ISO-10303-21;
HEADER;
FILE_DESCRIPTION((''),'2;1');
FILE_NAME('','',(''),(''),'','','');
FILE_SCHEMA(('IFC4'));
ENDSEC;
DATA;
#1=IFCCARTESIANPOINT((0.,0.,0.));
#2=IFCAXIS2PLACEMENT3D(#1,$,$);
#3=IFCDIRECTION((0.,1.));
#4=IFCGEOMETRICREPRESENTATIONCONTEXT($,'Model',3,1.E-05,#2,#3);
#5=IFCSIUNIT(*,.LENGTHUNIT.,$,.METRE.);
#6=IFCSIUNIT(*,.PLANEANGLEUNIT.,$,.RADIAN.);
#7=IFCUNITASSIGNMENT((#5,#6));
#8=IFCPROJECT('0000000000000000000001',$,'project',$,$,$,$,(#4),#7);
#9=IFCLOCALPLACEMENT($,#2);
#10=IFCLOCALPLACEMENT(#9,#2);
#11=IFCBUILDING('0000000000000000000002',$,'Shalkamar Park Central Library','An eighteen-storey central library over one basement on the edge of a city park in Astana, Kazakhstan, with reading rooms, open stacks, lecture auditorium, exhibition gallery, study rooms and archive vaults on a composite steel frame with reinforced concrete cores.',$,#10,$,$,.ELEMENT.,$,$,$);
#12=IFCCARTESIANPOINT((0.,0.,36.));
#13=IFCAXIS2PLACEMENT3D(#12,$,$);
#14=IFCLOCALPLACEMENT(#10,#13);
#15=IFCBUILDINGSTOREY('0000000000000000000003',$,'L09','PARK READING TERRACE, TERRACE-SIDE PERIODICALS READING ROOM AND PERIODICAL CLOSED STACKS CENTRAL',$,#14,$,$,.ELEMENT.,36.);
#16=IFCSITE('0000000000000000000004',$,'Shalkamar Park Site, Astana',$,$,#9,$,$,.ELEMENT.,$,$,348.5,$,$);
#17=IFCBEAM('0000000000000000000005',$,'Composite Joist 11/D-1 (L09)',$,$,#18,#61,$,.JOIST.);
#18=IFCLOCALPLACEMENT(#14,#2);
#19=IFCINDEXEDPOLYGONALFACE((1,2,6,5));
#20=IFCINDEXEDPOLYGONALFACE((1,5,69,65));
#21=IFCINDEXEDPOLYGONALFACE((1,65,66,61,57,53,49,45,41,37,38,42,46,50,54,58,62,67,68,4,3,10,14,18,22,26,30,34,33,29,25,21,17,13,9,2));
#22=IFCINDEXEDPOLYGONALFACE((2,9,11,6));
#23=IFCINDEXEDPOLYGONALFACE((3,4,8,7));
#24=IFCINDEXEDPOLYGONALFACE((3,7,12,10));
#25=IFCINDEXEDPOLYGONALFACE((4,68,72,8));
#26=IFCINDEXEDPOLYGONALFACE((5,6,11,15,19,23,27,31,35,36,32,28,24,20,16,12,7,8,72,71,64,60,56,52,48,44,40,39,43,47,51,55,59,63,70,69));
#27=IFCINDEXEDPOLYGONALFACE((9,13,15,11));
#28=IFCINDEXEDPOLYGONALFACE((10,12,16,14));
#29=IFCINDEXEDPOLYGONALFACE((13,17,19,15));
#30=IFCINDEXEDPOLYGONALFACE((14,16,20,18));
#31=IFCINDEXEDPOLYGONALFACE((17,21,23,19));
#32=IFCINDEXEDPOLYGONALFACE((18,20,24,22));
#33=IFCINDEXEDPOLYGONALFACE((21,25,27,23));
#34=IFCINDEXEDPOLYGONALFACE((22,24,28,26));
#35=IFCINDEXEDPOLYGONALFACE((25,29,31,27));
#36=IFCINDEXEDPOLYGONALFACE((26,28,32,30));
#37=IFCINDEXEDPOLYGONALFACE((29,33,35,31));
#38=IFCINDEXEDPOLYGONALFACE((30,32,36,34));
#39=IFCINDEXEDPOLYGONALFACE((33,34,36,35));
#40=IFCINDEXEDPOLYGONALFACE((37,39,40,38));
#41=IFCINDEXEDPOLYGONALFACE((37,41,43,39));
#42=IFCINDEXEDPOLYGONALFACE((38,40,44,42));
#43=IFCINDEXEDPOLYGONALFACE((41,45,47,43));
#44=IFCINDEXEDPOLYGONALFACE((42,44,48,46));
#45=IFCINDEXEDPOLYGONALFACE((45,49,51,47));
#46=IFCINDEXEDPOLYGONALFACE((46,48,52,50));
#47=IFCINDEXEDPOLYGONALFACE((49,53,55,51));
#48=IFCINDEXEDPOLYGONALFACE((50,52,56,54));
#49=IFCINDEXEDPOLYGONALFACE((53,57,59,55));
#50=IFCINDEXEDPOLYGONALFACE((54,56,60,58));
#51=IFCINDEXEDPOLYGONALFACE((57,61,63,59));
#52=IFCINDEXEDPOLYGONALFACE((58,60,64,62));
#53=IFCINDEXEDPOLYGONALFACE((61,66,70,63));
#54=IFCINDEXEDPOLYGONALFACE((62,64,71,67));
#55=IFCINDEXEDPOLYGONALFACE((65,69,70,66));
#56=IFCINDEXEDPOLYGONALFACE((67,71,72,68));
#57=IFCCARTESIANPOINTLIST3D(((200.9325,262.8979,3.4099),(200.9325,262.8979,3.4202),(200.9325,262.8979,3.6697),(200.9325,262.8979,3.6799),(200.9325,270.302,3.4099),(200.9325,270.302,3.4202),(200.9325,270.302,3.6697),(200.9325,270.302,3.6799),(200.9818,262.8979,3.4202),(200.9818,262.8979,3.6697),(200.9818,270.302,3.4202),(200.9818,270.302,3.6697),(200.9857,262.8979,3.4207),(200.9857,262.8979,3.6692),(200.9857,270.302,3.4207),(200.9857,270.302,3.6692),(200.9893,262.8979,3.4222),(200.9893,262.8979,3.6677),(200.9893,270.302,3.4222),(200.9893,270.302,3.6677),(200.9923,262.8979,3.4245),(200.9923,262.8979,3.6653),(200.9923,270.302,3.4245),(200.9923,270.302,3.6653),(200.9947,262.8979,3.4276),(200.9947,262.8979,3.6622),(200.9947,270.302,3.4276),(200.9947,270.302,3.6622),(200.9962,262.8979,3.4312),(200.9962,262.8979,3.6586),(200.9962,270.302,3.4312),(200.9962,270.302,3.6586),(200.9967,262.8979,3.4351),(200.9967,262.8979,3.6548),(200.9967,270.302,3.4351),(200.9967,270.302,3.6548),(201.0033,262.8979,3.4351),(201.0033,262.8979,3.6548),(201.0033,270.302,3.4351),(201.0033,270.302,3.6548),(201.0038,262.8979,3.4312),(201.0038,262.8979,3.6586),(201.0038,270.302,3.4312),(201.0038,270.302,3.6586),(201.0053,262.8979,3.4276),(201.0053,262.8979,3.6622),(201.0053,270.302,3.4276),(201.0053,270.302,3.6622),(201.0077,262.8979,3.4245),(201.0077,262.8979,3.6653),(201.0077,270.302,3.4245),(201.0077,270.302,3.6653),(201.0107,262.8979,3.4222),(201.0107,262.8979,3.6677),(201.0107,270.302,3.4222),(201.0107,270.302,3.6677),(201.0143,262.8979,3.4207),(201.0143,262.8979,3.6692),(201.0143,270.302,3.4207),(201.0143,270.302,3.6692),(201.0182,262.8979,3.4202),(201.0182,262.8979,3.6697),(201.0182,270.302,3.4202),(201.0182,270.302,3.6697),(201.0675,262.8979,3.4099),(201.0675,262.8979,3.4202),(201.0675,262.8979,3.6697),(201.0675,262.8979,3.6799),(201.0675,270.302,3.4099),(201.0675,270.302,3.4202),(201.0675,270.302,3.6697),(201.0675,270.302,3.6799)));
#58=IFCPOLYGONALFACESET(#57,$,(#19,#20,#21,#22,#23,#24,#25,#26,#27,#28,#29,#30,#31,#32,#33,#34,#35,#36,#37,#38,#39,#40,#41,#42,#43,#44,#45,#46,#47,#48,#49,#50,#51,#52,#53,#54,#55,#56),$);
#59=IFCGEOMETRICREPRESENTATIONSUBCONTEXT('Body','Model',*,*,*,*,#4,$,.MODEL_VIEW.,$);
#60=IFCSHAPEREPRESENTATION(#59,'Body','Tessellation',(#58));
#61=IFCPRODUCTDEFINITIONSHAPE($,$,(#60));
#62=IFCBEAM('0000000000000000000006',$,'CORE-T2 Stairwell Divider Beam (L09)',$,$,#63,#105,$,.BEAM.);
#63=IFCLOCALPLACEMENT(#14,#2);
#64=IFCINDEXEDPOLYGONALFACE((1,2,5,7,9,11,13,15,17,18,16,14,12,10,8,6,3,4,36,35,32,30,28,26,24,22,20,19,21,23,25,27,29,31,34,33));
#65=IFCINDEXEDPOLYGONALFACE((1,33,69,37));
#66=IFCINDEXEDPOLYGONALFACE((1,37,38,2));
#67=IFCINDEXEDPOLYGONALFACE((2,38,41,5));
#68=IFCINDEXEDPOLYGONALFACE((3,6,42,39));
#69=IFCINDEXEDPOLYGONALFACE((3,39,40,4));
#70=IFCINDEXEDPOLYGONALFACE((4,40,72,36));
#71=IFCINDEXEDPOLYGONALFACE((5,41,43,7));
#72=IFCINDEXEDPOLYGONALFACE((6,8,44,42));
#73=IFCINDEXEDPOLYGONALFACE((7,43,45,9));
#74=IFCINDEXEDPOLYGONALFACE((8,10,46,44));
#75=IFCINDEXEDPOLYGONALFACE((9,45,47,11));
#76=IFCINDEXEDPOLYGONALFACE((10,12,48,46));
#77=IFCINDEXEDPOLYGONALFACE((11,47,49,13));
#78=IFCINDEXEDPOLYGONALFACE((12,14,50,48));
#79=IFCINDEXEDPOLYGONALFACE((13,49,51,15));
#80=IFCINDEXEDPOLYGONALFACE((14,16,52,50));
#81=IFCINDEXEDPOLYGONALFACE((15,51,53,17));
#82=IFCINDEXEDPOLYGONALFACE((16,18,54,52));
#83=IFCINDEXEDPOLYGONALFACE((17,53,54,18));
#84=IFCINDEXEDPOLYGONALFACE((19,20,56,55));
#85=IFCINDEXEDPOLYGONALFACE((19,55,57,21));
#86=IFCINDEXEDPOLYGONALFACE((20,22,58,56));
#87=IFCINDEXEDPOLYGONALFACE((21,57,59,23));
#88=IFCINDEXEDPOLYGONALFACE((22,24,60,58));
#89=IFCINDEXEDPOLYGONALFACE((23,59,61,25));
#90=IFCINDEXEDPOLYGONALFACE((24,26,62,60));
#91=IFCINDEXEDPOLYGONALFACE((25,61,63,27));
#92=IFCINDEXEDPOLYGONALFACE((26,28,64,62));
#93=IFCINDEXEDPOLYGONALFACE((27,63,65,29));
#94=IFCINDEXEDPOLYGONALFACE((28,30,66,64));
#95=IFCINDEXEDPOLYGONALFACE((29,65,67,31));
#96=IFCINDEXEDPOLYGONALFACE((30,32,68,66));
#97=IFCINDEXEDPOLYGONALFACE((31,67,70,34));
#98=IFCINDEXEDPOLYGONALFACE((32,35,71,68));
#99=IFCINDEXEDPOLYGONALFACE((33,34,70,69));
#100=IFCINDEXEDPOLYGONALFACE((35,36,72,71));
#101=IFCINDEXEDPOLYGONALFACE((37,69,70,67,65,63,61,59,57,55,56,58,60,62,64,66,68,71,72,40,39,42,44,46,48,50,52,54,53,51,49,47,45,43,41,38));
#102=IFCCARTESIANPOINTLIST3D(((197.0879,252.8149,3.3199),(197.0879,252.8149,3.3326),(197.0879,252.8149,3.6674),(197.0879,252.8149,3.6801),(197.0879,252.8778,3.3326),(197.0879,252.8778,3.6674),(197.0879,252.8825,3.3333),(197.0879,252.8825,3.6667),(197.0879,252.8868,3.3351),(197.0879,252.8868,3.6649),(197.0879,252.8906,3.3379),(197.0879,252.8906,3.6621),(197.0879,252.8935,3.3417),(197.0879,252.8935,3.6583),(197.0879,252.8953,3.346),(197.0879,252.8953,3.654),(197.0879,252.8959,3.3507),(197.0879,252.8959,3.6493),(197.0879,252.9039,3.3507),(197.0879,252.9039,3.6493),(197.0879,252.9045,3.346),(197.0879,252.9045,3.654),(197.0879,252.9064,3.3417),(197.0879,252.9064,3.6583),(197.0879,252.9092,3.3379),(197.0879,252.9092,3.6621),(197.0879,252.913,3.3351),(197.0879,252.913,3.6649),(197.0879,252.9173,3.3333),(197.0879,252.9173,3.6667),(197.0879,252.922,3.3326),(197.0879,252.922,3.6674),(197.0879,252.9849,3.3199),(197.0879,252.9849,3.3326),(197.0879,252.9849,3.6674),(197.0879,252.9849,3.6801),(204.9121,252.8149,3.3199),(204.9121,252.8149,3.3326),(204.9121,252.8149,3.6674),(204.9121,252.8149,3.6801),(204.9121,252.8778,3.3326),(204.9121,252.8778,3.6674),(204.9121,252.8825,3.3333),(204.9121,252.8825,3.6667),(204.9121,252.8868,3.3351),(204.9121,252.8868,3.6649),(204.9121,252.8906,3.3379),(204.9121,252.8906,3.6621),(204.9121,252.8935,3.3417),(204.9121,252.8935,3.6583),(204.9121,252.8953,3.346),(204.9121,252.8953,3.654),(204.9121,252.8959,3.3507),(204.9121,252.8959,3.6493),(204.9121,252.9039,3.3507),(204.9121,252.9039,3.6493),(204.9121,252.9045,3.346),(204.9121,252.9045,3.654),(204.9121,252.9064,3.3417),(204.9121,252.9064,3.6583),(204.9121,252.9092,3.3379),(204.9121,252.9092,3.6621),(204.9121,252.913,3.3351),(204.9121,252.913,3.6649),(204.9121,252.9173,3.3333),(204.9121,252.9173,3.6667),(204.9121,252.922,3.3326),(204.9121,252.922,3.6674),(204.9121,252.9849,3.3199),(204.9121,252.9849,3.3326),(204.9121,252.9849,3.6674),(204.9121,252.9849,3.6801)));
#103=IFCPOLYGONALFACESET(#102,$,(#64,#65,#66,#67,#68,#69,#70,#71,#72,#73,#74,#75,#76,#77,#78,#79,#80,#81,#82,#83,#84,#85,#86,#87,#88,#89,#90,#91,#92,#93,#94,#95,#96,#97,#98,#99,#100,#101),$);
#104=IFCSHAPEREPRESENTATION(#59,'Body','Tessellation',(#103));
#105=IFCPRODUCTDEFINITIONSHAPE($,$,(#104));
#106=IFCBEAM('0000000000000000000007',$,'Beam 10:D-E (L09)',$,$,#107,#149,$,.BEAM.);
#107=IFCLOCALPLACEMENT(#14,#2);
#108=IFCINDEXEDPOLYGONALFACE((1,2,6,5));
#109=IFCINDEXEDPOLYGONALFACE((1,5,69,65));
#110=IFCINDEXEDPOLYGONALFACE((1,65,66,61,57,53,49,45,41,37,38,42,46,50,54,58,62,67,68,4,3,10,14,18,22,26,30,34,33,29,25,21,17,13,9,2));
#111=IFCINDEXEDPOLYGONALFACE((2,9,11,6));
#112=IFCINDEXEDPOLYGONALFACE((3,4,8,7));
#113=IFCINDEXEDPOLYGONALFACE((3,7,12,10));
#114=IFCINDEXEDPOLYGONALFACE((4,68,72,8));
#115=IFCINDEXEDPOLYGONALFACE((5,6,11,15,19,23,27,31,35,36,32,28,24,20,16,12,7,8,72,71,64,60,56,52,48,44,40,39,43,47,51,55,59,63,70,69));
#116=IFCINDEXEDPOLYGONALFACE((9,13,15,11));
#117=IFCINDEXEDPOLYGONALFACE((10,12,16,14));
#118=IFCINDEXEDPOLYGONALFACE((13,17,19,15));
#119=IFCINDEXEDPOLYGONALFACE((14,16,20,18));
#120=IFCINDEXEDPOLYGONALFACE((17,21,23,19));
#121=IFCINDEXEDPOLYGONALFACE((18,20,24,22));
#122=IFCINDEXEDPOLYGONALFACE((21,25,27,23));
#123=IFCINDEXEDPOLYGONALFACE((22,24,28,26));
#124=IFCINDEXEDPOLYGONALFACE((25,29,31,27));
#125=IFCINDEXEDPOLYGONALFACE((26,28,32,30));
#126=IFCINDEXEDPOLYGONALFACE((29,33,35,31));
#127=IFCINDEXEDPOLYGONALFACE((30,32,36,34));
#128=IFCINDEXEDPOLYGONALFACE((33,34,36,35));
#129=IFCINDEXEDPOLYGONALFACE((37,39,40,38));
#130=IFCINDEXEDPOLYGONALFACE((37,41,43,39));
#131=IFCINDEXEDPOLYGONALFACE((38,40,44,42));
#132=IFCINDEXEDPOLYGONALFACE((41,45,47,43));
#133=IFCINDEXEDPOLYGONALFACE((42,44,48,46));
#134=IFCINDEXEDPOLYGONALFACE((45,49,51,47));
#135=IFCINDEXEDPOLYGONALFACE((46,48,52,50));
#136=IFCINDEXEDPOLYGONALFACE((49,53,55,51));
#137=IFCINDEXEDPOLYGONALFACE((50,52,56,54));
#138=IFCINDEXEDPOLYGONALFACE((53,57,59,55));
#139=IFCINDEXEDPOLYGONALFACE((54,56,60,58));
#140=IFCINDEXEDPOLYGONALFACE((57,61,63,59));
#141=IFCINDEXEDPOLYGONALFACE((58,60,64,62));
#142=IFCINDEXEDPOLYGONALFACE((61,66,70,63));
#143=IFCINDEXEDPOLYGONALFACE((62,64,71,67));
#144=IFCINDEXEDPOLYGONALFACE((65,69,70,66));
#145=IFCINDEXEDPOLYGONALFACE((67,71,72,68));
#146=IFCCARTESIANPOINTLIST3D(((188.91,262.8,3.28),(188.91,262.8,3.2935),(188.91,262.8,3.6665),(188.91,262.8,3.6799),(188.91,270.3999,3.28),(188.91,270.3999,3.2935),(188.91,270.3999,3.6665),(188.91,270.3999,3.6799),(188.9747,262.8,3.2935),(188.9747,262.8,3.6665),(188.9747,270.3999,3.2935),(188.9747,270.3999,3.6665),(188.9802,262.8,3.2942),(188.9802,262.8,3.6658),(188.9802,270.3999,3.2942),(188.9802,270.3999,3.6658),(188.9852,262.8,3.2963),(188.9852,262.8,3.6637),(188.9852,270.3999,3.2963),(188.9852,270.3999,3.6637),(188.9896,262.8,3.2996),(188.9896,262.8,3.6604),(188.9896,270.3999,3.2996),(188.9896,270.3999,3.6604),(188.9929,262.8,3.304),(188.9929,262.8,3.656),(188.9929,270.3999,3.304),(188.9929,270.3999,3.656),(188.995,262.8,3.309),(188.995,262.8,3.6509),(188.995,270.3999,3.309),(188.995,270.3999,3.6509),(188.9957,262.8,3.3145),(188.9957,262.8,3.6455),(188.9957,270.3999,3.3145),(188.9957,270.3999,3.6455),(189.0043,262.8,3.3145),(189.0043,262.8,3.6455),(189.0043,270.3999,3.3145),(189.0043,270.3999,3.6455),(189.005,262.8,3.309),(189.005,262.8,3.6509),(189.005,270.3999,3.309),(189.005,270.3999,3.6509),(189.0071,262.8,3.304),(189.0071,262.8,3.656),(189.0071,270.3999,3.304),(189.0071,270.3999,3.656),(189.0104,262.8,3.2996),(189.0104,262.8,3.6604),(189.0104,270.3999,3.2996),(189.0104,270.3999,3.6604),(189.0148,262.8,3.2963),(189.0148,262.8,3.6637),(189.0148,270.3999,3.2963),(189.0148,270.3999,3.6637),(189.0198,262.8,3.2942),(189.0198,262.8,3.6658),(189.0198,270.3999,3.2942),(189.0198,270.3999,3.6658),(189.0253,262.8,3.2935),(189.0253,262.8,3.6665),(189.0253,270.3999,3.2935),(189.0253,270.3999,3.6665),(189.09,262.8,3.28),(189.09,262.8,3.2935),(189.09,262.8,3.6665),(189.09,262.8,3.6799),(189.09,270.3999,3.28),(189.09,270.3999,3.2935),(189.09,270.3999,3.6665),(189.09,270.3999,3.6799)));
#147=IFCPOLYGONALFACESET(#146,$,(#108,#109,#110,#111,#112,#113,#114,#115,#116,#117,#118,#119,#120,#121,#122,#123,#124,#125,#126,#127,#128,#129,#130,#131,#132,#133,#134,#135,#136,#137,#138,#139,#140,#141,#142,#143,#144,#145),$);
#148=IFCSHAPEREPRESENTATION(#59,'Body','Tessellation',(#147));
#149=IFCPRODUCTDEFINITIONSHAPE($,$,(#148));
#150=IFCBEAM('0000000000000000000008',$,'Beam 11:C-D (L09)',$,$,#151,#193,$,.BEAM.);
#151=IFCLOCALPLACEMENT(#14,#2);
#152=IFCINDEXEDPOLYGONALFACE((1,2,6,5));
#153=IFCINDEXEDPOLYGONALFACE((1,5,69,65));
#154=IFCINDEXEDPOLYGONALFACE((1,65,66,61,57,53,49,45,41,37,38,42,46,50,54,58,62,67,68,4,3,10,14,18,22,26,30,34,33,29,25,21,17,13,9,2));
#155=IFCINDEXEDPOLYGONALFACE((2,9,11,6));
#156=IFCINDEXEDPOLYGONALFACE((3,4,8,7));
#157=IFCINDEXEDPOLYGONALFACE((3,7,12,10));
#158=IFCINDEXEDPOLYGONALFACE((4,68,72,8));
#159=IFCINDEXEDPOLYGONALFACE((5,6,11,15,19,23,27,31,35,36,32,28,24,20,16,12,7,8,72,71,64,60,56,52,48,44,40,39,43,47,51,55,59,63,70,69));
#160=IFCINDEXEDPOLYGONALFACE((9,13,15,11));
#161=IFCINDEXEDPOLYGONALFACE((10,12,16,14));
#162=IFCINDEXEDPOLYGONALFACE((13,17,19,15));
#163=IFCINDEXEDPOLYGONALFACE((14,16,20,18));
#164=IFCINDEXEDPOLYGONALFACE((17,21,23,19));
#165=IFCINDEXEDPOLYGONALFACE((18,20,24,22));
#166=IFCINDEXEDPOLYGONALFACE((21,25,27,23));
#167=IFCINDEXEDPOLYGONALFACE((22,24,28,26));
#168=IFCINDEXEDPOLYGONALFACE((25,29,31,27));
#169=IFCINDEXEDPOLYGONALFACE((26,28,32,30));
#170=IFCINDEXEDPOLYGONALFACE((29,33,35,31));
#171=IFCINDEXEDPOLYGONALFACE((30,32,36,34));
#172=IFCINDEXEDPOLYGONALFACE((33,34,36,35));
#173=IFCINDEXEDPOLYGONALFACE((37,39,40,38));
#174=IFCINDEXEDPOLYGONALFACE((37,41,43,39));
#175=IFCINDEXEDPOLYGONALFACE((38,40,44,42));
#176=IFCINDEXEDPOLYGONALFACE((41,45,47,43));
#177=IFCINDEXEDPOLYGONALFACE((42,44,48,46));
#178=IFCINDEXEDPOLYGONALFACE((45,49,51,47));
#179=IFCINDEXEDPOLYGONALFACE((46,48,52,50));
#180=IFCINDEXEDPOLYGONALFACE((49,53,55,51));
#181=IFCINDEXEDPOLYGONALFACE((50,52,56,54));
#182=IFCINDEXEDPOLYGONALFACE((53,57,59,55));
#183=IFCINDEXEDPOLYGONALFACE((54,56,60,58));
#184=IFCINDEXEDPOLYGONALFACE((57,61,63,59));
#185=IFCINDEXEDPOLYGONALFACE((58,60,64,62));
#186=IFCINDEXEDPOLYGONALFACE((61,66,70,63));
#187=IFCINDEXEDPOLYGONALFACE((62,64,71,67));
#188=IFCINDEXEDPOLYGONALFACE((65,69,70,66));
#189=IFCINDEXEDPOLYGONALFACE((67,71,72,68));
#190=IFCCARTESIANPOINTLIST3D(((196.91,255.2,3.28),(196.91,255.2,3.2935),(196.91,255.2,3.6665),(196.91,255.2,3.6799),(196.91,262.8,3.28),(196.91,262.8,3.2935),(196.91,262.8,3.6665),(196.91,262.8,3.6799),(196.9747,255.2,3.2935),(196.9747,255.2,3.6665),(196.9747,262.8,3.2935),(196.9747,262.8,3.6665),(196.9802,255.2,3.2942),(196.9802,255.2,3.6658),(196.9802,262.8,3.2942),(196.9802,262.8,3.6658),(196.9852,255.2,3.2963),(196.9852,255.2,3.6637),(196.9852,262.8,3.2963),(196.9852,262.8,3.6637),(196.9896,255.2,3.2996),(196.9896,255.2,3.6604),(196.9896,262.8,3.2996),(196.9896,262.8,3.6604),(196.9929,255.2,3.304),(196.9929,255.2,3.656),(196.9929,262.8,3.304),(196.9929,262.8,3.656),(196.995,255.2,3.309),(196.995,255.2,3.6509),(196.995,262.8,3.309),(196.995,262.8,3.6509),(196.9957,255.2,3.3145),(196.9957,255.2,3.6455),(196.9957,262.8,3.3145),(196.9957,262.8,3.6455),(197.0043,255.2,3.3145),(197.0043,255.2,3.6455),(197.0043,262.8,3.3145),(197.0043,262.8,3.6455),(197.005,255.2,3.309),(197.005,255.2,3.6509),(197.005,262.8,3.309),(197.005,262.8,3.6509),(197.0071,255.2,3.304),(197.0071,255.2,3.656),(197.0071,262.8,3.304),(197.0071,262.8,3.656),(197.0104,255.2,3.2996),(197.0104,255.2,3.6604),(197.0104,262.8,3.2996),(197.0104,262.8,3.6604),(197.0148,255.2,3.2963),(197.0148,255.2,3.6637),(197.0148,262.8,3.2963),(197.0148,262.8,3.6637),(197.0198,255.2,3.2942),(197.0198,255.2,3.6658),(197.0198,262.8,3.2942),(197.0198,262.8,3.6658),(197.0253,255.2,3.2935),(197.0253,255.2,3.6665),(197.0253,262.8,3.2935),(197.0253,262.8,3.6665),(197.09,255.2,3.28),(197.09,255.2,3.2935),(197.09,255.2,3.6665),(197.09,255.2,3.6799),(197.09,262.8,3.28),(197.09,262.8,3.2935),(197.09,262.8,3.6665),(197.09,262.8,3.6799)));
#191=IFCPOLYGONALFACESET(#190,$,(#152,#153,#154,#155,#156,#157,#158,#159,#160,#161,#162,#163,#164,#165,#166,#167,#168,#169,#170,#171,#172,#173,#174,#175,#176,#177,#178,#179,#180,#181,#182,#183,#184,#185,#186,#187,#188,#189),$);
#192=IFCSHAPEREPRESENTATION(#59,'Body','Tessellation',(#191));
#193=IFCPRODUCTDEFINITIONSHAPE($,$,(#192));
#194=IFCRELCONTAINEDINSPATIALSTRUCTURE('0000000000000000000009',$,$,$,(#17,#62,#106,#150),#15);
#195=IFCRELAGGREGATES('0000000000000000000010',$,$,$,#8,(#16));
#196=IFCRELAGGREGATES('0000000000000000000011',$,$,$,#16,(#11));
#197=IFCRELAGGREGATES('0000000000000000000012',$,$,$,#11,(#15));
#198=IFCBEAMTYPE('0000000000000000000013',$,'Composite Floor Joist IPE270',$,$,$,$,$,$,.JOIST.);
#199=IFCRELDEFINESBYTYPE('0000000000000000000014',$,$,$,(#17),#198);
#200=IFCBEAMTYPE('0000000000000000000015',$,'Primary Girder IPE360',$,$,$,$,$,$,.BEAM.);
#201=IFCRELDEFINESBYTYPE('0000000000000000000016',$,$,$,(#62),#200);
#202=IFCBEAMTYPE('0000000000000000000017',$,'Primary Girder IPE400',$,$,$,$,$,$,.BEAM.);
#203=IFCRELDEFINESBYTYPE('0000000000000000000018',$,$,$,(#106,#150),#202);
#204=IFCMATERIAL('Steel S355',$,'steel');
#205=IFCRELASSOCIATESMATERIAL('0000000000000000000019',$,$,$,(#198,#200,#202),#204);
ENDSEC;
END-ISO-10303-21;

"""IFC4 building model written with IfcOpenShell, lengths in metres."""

from ifc_helpers import new_model, si_unit, direction, frame, origin, origin_2d, place, context, subcontext, project, spatial, i_section, extrude, material, material_profile, profile_set, type_object, element, save


model = new_model("IFC4")

# Units and contexts
model_context = context("Model", 3, precision=1e-05, world=origin(), true_north=direction((0.0, 1.0)))
body_context = subcontext(model_context, "Body", "Model", "MODEL_VIEW")
ifc_project = project(units=[si_unit("LENGTHUNIT", "METRE"), si_unit("PLANEANGLEUNIT", "RADIAN")], contexts=[model_context])

# Site, building, storey
site_placement = place(None, origin())
site = spatial("IfcSite", under=ifc_project, at=site_placement, Name="Shalkamar Park Site, Astana", CompositionType="ELEMENT", RefElevation=348.5)
building_placement = place(site_placement, origin())
building = spatial("IfcBuilding", under=site, at=building_placement, Name="Shalkamar Park Central Library", Description="An eighteen-storey central library over one basement on the edge of a city park in Astana, Kazakhstan, with reading rooms, open stacks, lecture auditorium, exhibition gallery, study rooms and archive vaults on a composite steel frame with reinforced concrete cores.", CompositionType="ELEMENT")
storey_placement = place(building_placement, frame((0.0, 0.0, 36.0)))
storey = spatial("IfcBuildingStorey", under=building, at=storey_placement, Name="L09", Description="PARK READING TERRACE, TERRACE-SIDE PERIODICALS READING ROOM AND PERIODICAL CLOSED STACKS CENTRAL", CompositionType="ELEMENT", Elevation=36.0)

# Shared definitions
ifc_material_1 = material(Name="Steel S355", Category="steel")

# Beams
ifc_material_profile_1 = material_profile(ifc_material_1, i_section(OverallWidth=0.135, OverallDepth=0.27, WebThickness=0.0066, FlangeThickness=0.0103, FilletRadius=0.0149, at=origin_2d()), Name="IPE 270")
ifc_profile_set_1 = profile_set([ifc_material_profile_1], Name="Steel S355")
beam_type_1 = type_object("IfcBeamType", Name="Composite Floor Joist IPE270", PredefinedType="JOIST", material=ifc_profile_set_1)
beam_1_placement = place(storey_placement, frame((201.0, 262.8979, 3.5449), z_axis=(0.0, 1.0, 0.0), x_axis=(-1.0, 0.0, 0.0)))
element("IfcBeam", 1, at=beam_1_placement, inside=storey, type_object=beam_type_1, Name="Composite Joist 11/D-1 (L09)", PredefinedType="JOIST", context=body_context, shape_type="SweptSolid", body=[
    extrude(i_section(OverallWidth=0.135, OverallDepth=0.27, WebThickness=0.0066, FlangeThickness=0.0103, FilletRadius=0.0149, at=origin_2d()), origin(), (0.0, 0.0, 1.0), 7.4041),
])
ifc_material_profile_2 = material_profile(ifc_material_1, i_section(OverallWidth=0.1699, OverallDepth=0.3601, WebThickness=0.0081, FlangeThickness=0.0127, FilletRadius=0.0181, at=origin_2d()), Name="IPE 360")
ifc_profile_set_2 = profile_set([ifc_material_profile_2], Name="Steel S355")
beam_type_2 = type_object("IfcBeamType", Name="Primary Girder IPE360", PredefinedType="BEAM", material=ifc_profile_set_2)
beam_2_placement = place(storey_placement, frame((197.0879, 252.8999, 3.5), z_axis=(1.0, 0.0, 0.0), x_axis=(0.0, 1.0, 0.0)))
element("IfcBeam", 2, at=beam_2_placement, inside=storey, type_object=beam_type_2, Name="CORE-T2 Stairwell Divider Beam (L09)", PredefinedType="BEAM", context=body_context, shape_type="SweptSolid", body=[
    extrude(i_section(OverallWidth=0.1699, OverallDepth=0.3601, WebThickness=0.0081, FlangeThickness=0.0127, FilletRadius=0.0181, at=origin_2d()), origin(), (0.0, 0.0, 1.0), 7.8242),
])
ifc_material_profile_3 = material_profile(ifc_material_1, i_section(OverallWidth=0.1799, OverallDepth=0.3999, WebThickness=0.0085, FlangeThickness=0.0134, FilletRadius=0.021, at=origin_2d()), Name="IPE 400")
ifc_profile_set_3 = profile_set([ifc_material_profile_3], Name="Steel S355")
beam_type_3 = type_object("IfcBeamType", Name="Primary Girder IPE400", PredefinedType="BEAM", material=ifc_profile_set_3)
beam_3_placement = place(storey_placement, frame((189.0, 262.8, 3.48), z_axis=(0.0, 1.0, 0.0), x_axis=(-1.0, 0.0, 0.0)))
element("IfcBeam", 3, at=beam_3_placement, inside=storey, type_object=beam_type_3, Name="Beam 10:D-E (L09)", PredefinedType="BEAM", context=body_context, shape_type="SweptSolid", body=[
    extrude(i_section(OverallWidth=0.1799, OverallDepth=0.3999, WebThickness=0.0085, FlangeThickness=0.0134, FilletRadius=0.021, at=origin_2d()), origin(), (0.0, 0.0, 1.0), 7.5999),
])
beam_4_placement = place(storey_placement, frame((197.0, 255.2, 3.48), z_axis=(0.0, 1.0, 0.0), x_axis=(-1.0, 0.0, 0.0)))
element("IfcBeam", 4, at=beam_4_placement, inside=storey, type_object=beam_type_3, Name="Beam 11:C-D (L09)", PredefinedType="BEAM", context=body_context, shape_type="SweptSolid", body=[
    extrude(i_section(OverallWidth=0.1799, OverallDepth=0.3999, WebThickness=0.0085, FlangeThickness=0.0134, FilletRadius=0.021, at=origin_2d()), origin(), (0.0, 0.0, 1.0), 7.6001),
])

save(model, "model.ifc")
